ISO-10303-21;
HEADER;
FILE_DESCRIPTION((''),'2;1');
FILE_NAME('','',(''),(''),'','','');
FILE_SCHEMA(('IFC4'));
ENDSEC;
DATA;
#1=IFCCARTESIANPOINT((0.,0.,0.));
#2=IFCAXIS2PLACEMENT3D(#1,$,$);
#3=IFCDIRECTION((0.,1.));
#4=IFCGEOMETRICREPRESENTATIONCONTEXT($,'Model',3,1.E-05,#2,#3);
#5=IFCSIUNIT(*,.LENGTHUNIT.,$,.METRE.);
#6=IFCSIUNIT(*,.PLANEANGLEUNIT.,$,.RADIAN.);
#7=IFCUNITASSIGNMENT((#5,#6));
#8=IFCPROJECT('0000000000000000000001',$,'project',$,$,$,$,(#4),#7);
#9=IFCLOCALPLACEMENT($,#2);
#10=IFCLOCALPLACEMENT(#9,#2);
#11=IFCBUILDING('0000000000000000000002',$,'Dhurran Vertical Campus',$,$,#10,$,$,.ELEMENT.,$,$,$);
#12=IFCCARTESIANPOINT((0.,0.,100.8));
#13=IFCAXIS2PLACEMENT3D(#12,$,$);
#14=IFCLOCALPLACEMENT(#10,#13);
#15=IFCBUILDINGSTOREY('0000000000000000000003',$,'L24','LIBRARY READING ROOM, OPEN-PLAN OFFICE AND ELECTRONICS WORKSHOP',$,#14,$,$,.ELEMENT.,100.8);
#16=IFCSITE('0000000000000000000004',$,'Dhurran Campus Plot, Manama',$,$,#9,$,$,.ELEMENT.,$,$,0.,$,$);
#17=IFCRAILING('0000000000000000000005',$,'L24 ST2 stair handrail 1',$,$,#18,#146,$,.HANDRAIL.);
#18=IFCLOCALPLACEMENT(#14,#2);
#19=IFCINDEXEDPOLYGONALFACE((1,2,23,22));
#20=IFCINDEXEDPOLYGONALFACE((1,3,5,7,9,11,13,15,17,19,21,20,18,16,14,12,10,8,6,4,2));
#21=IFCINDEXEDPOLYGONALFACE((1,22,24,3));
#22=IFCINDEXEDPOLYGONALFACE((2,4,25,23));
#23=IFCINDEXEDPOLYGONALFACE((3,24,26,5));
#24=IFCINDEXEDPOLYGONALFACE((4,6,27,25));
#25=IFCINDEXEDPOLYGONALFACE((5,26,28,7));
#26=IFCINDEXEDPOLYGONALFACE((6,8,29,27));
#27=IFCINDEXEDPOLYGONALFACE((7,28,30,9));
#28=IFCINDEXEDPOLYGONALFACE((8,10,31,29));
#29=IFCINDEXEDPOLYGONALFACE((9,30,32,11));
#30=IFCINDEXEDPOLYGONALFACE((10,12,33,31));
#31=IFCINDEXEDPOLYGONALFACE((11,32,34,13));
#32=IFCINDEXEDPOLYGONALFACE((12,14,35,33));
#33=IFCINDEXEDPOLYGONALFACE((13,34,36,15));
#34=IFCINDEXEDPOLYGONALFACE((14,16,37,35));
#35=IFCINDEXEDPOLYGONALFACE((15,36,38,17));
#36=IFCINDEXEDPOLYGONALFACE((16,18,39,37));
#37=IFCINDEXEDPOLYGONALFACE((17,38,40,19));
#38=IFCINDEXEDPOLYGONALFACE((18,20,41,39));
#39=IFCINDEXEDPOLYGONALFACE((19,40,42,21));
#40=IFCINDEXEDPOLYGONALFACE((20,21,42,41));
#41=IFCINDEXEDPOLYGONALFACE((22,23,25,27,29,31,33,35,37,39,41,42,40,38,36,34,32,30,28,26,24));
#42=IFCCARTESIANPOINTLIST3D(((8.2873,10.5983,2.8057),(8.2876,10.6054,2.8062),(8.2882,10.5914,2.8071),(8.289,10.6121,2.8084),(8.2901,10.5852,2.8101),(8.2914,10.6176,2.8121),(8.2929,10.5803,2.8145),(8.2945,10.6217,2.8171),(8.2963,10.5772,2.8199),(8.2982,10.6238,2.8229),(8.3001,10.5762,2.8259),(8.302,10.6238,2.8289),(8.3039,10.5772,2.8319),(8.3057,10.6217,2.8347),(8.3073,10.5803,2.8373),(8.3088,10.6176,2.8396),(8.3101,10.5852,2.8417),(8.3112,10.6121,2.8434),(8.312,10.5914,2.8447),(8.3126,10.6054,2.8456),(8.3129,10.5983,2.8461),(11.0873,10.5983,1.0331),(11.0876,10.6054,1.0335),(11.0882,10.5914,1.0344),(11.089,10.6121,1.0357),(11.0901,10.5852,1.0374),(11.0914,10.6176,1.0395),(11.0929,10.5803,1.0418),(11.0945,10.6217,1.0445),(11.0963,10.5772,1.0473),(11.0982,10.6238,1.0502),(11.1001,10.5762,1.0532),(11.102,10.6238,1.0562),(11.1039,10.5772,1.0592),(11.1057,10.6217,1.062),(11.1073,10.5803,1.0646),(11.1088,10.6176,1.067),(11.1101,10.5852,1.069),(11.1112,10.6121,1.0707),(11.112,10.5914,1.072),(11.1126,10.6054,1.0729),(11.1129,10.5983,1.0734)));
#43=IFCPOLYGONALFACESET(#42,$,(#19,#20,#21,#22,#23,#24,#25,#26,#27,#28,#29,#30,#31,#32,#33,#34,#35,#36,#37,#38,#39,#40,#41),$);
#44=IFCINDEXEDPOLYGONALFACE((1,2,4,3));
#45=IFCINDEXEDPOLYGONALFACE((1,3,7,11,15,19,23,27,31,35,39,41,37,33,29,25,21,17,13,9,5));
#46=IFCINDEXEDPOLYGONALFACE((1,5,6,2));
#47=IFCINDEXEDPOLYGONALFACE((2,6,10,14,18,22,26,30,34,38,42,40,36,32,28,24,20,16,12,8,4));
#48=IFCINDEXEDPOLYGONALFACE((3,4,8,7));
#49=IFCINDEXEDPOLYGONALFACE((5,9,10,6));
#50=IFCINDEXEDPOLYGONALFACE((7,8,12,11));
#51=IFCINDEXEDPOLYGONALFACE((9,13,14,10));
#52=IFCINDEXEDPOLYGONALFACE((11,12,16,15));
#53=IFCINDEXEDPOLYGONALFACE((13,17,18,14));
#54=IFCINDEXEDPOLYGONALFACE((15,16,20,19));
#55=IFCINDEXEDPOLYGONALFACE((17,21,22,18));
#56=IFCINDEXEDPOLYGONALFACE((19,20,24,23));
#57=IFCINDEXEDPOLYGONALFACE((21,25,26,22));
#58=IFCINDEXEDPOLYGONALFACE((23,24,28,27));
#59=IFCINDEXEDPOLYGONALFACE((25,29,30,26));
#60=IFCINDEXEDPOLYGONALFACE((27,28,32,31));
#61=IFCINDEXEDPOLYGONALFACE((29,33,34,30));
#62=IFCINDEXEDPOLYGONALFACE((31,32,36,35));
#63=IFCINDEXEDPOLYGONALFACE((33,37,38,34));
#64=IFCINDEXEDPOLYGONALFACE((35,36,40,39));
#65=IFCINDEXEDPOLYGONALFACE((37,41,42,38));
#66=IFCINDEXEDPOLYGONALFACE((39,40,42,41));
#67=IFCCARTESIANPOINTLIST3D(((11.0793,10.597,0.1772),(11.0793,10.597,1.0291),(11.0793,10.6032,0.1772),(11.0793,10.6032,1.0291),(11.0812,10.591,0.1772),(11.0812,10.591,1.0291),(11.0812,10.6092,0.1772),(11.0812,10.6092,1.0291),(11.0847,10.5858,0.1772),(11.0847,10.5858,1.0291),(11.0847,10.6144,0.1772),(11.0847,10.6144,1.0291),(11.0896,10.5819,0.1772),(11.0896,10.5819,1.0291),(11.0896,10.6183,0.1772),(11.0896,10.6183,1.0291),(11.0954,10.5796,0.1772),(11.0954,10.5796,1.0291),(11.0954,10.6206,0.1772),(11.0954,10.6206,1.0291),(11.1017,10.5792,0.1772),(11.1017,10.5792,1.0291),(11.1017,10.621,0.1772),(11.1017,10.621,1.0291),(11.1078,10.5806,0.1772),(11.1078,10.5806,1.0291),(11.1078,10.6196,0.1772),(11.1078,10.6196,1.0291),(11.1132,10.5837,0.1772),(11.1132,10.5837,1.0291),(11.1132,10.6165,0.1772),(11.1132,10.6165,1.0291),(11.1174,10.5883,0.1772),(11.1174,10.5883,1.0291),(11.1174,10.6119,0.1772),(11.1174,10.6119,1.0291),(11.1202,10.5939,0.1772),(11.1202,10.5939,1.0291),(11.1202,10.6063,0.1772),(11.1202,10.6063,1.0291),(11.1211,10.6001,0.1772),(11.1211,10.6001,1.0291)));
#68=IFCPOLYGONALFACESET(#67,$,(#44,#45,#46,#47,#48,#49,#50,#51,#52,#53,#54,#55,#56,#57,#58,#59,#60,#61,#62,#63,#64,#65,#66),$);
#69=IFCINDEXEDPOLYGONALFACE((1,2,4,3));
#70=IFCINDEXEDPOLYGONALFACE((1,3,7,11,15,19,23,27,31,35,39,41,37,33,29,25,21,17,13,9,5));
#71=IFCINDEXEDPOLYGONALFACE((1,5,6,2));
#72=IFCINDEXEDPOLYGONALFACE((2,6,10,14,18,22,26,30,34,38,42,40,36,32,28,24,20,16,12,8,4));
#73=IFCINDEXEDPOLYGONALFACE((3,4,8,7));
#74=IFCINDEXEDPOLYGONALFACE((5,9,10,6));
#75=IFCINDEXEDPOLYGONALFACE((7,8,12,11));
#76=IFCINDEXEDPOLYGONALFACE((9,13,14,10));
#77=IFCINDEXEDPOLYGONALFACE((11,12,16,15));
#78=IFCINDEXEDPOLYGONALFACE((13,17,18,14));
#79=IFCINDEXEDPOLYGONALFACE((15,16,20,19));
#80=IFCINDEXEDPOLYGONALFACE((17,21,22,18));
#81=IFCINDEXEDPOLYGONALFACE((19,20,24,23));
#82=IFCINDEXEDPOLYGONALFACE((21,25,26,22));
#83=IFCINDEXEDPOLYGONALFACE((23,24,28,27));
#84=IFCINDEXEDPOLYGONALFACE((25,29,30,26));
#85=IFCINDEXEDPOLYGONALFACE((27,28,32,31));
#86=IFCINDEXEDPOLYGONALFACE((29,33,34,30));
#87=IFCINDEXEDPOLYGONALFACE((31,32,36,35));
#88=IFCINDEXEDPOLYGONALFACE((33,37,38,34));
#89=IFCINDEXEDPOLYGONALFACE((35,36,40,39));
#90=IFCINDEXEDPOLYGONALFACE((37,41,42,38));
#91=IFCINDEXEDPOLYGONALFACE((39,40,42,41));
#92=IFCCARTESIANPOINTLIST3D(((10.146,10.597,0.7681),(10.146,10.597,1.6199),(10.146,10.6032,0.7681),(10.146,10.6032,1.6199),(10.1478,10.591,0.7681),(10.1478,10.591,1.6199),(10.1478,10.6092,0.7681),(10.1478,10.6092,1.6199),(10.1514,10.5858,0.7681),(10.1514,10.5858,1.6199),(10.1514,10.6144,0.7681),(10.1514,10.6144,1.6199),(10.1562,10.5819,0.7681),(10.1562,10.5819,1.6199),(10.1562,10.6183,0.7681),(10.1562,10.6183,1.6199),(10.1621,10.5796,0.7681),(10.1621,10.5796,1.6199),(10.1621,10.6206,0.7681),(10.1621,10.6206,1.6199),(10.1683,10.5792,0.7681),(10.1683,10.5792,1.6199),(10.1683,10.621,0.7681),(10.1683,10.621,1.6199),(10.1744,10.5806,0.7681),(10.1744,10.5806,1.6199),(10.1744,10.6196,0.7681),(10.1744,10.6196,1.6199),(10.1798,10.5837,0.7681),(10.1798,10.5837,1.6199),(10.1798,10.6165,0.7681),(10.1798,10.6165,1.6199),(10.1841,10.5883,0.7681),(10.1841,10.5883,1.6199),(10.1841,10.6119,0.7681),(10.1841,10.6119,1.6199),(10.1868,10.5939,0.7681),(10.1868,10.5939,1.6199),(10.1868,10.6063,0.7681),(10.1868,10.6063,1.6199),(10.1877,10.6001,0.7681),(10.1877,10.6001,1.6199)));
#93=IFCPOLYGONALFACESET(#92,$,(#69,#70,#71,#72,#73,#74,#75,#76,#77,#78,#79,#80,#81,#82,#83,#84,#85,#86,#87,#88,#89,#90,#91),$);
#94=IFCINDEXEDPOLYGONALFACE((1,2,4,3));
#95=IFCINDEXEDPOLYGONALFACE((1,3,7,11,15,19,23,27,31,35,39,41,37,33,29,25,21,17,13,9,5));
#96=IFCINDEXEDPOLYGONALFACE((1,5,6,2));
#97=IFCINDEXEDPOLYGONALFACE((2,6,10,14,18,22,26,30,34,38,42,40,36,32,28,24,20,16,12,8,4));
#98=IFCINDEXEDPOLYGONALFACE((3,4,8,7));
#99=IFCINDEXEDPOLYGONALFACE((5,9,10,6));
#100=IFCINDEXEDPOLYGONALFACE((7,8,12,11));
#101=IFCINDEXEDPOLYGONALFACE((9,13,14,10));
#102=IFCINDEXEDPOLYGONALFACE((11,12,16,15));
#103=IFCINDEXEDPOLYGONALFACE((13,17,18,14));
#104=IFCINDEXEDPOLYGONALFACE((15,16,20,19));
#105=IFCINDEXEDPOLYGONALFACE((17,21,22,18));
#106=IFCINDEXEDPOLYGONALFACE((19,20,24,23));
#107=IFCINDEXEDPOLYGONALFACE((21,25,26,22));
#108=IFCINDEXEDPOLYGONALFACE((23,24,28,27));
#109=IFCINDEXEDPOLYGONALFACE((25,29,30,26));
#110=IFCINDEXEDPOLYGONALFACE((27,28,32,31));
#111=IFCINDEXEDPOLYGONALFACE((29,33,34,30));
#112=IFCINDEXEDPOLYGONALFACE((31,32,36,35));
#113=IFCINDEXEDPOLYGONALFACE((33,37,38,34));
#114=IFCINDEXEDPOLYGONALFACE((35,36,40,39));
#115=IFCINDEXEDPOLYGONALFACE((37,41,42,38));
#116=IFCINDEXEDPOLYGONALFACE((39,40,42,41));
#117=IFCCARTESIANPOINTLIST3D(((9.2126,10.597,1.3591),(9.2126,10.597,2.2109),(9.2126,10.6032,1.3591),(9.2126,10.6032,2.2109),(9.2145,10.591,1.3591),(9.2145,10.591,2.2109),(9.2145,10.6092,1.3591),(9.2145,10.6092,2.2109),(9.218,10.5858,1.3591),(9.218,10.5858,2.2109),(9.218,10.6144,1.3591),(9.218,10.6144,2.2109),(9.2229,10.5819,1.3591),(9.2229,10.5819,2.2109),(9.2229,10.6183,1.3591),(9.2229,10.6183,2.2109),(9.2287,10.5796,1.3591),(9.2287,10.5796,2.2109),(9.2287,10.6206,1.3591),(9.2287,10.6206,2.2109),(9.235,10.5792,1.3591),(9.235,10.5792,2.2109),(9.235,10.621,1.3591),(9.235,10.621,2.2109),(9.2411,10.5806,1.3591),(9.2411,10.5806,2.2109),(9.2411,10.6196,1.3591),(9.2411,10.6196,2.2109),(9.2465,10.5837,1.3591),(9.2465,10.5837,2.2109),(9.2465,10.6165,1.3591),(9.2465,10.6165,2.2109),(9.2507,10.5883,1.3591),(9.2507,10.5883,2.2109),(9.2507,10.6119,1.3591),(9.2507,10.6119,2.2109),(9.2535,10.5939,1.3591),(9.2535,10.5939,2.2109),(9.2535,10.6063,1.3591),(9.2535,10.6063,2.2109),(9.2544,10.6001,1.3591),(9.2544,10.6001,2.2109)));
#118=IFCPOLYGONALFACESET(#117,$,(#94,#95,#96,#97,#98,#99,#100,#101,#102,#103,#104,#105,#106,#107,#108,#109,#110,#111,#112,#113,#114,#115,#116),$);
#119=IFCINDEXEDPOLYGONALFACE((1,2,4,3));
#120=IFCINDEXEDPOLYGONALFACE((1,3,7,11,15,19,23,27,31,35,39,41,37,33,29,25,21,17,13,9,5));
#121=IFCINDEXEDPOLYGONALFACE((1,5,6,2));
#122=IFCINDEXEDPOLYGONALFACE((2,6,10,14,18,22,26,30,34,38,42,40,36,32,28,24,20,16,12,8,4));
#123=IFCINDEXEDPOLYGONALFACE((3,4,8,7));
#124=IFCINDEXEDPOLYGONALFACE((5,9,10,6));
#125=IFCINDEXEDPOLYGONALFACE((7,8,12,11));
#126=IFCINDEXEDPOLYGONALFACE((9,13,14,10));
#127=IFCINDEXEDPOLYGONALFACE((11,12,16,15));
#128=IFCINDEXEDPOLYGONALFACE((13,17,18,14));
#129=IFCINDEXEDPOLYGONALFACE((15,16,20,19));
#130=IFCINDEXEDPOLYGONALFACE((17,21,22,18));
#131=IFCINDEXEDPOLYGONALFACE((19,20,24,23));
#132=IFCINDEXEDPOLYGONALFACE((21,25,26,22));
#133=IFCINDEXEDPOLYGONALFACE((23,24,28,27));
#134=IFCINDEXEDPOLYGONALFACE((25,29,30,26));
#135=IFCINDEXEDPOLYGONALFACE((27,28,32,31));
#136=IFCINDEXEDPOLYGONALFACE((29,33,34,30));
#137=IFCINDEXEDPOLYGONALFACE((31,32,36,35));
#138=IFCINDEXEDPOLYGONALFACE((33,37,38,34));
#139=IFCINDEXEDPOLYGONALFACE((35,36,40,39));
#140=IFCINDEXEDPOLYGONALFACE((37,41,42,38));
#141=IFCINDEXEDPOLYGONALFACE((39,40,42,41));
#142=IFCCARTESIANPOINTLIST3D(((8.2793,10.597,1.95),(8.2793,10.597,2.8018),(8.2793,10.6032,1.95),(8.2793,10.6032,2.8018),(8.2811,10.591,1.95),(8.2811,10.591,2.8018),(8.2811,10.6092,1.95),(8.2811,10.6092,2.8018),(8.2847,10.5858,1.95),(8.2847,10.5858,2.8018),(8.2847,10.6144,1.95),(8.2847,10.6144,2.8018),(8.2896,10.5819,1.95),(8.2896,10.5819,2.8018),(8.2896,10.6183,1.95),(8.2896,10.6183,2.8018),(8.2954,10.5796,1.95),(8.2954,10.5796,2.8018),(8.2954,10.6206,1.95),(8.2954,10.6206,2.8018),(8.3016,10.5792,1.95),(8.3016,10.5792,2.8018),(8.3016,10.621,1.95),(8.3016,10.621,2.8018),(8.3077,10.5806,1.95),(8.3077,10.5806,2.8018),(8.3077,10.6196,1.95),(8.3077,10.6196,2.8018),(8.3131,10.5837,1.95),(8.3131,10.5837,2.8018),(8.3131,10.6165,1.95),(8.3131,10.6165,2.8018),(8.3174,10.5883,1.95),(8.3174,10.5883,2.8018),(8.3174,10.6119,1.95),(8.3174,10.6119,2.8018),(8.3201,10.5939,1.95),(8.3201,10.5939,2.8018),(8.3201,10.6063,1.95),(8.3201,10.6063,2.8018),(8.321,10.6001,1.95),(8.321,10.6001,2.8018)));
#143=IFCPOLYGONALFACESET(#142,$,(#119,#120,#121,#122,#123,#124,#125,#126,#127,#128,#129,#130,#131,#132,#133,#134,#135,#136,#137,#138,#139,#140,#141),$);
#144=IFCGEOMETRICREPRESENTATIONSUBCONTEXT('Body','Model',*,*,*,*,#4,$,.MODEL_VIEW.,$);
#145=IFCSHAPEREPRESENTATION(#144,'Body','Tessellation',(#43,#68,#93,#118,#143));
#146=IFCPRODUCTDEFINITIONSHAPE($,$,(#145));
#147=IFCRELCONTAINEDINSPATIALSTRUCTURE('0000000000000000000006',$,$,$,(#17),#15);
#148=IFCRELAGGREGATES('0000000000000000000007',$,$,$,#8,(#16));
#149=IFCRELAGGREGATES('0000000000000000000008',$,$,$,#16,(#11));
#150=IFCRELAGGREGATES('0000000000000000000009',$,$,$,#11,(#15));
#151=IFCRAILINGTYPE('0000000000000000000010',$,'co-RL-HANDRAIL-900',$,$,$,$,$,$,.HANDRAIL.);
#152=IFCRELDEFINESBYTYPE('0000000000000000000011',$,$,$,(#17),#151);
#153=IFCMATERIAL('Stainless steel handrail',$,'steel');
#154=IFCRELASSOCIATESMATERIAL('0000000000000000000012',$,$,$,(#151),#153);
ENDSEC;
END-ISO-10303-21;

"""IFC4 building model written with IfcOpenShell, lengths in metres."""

from ifc_helpers import new_model, si_unit, direction, frame, origin, origin_2d, place, context, subcontext, project, spatial, circle, extrude, material, type_object, element, save


model = new_model("IFC4")

# Units and contexts
model_context = context("Model", 3, precision=1e-05, world=origin(), true_north=direction((0.0, 1.0)))
body_context = subcontext(model_context, "Body", "Model", "MODEL_VIEW")
ifc_project = project(units=[si_unit("LENGTHUNIT", "METRE"), si_unit("PLANEANGLEUNIT", "RADIAN")], contexts=[model_context])

# Site, building, storey
site_placement = place(None, origin())
site = spatial("IfcSite", under=ifc_project, at=site_placement, Name="Dhurran Campus Plot, Manama", CompositionType="ELEMENT", RefElevation=0.0)
building_placement = place(site_placement, origin())
building = spatial("IfcBuilding", under=site, at=building_placement, Name="Dhurran Vertical Campus", CompositionType="ELEMENT")
storey_placement = place(building_placement, frame((0.0, 0.0, 100.8)))
storey = spatial("IfcBuildingStorey", under=building, at=storey_placement, Name="L24", Description="LIBRARY READING ROOM, OPEN-PLAN OFFICE AND ELECTRONICS WORKSHOP", CompositionType="ELEMENT", Elevation=100.8)

# Railing
ifc_material_1 = material(Name="Stainless steel handrail", Category="steel")
railing_type_1 = type_object("IfcRailingType", Name="co-RL-HANDRAIL-900", PredefinedType="HANDRAIL", material=ifc_material_1)
railing_1_placement = place(storey_placement, frame((11.1001, 10.6001, 0.1772)))
element("IfcRailing", 1, at=railing_1_placement, inside=storey, type_object=railing_type_1, Name="L24 ST2 stair handrail 1", PredefinedType="HANDRAIL", context=body_context, shape_type="SweptSolid", body=[
    extrude(circle(Radius=0.0239, at=origin_2d()), frame((0.0, 0.0, 0.876), z_axis=(-0.844909, 0.0, 0.53491), x_axis=(0.0, -1.0, 0.0)), (0.0, 0.0, 1.0), 3.314),
    extrude(circle(Radius=0.021, at=origin_2d()), origin(), (0.0, 0.0, 1.0), 0.8518),
    extrude(circle(Radius=0.021, at=origin_2d()), frame((-0.9333, 0.0, 0.5908)), (0.0, 0.0, 1.0), 0.8518),
    extrude(circle(Radius=0.021, at=origin_2d()), frame((-1.8667, 0.0, 1.1819)), (0.0, 0.0, 1.0), 0.8518),
    extrude(circle(Radius=0.021, at=origin_2d()), frame((-2.8, 0.0, 1.7727)), (0.0, 0.0, 1.0), 0.8518),
])

save(model, "model.ifc")
